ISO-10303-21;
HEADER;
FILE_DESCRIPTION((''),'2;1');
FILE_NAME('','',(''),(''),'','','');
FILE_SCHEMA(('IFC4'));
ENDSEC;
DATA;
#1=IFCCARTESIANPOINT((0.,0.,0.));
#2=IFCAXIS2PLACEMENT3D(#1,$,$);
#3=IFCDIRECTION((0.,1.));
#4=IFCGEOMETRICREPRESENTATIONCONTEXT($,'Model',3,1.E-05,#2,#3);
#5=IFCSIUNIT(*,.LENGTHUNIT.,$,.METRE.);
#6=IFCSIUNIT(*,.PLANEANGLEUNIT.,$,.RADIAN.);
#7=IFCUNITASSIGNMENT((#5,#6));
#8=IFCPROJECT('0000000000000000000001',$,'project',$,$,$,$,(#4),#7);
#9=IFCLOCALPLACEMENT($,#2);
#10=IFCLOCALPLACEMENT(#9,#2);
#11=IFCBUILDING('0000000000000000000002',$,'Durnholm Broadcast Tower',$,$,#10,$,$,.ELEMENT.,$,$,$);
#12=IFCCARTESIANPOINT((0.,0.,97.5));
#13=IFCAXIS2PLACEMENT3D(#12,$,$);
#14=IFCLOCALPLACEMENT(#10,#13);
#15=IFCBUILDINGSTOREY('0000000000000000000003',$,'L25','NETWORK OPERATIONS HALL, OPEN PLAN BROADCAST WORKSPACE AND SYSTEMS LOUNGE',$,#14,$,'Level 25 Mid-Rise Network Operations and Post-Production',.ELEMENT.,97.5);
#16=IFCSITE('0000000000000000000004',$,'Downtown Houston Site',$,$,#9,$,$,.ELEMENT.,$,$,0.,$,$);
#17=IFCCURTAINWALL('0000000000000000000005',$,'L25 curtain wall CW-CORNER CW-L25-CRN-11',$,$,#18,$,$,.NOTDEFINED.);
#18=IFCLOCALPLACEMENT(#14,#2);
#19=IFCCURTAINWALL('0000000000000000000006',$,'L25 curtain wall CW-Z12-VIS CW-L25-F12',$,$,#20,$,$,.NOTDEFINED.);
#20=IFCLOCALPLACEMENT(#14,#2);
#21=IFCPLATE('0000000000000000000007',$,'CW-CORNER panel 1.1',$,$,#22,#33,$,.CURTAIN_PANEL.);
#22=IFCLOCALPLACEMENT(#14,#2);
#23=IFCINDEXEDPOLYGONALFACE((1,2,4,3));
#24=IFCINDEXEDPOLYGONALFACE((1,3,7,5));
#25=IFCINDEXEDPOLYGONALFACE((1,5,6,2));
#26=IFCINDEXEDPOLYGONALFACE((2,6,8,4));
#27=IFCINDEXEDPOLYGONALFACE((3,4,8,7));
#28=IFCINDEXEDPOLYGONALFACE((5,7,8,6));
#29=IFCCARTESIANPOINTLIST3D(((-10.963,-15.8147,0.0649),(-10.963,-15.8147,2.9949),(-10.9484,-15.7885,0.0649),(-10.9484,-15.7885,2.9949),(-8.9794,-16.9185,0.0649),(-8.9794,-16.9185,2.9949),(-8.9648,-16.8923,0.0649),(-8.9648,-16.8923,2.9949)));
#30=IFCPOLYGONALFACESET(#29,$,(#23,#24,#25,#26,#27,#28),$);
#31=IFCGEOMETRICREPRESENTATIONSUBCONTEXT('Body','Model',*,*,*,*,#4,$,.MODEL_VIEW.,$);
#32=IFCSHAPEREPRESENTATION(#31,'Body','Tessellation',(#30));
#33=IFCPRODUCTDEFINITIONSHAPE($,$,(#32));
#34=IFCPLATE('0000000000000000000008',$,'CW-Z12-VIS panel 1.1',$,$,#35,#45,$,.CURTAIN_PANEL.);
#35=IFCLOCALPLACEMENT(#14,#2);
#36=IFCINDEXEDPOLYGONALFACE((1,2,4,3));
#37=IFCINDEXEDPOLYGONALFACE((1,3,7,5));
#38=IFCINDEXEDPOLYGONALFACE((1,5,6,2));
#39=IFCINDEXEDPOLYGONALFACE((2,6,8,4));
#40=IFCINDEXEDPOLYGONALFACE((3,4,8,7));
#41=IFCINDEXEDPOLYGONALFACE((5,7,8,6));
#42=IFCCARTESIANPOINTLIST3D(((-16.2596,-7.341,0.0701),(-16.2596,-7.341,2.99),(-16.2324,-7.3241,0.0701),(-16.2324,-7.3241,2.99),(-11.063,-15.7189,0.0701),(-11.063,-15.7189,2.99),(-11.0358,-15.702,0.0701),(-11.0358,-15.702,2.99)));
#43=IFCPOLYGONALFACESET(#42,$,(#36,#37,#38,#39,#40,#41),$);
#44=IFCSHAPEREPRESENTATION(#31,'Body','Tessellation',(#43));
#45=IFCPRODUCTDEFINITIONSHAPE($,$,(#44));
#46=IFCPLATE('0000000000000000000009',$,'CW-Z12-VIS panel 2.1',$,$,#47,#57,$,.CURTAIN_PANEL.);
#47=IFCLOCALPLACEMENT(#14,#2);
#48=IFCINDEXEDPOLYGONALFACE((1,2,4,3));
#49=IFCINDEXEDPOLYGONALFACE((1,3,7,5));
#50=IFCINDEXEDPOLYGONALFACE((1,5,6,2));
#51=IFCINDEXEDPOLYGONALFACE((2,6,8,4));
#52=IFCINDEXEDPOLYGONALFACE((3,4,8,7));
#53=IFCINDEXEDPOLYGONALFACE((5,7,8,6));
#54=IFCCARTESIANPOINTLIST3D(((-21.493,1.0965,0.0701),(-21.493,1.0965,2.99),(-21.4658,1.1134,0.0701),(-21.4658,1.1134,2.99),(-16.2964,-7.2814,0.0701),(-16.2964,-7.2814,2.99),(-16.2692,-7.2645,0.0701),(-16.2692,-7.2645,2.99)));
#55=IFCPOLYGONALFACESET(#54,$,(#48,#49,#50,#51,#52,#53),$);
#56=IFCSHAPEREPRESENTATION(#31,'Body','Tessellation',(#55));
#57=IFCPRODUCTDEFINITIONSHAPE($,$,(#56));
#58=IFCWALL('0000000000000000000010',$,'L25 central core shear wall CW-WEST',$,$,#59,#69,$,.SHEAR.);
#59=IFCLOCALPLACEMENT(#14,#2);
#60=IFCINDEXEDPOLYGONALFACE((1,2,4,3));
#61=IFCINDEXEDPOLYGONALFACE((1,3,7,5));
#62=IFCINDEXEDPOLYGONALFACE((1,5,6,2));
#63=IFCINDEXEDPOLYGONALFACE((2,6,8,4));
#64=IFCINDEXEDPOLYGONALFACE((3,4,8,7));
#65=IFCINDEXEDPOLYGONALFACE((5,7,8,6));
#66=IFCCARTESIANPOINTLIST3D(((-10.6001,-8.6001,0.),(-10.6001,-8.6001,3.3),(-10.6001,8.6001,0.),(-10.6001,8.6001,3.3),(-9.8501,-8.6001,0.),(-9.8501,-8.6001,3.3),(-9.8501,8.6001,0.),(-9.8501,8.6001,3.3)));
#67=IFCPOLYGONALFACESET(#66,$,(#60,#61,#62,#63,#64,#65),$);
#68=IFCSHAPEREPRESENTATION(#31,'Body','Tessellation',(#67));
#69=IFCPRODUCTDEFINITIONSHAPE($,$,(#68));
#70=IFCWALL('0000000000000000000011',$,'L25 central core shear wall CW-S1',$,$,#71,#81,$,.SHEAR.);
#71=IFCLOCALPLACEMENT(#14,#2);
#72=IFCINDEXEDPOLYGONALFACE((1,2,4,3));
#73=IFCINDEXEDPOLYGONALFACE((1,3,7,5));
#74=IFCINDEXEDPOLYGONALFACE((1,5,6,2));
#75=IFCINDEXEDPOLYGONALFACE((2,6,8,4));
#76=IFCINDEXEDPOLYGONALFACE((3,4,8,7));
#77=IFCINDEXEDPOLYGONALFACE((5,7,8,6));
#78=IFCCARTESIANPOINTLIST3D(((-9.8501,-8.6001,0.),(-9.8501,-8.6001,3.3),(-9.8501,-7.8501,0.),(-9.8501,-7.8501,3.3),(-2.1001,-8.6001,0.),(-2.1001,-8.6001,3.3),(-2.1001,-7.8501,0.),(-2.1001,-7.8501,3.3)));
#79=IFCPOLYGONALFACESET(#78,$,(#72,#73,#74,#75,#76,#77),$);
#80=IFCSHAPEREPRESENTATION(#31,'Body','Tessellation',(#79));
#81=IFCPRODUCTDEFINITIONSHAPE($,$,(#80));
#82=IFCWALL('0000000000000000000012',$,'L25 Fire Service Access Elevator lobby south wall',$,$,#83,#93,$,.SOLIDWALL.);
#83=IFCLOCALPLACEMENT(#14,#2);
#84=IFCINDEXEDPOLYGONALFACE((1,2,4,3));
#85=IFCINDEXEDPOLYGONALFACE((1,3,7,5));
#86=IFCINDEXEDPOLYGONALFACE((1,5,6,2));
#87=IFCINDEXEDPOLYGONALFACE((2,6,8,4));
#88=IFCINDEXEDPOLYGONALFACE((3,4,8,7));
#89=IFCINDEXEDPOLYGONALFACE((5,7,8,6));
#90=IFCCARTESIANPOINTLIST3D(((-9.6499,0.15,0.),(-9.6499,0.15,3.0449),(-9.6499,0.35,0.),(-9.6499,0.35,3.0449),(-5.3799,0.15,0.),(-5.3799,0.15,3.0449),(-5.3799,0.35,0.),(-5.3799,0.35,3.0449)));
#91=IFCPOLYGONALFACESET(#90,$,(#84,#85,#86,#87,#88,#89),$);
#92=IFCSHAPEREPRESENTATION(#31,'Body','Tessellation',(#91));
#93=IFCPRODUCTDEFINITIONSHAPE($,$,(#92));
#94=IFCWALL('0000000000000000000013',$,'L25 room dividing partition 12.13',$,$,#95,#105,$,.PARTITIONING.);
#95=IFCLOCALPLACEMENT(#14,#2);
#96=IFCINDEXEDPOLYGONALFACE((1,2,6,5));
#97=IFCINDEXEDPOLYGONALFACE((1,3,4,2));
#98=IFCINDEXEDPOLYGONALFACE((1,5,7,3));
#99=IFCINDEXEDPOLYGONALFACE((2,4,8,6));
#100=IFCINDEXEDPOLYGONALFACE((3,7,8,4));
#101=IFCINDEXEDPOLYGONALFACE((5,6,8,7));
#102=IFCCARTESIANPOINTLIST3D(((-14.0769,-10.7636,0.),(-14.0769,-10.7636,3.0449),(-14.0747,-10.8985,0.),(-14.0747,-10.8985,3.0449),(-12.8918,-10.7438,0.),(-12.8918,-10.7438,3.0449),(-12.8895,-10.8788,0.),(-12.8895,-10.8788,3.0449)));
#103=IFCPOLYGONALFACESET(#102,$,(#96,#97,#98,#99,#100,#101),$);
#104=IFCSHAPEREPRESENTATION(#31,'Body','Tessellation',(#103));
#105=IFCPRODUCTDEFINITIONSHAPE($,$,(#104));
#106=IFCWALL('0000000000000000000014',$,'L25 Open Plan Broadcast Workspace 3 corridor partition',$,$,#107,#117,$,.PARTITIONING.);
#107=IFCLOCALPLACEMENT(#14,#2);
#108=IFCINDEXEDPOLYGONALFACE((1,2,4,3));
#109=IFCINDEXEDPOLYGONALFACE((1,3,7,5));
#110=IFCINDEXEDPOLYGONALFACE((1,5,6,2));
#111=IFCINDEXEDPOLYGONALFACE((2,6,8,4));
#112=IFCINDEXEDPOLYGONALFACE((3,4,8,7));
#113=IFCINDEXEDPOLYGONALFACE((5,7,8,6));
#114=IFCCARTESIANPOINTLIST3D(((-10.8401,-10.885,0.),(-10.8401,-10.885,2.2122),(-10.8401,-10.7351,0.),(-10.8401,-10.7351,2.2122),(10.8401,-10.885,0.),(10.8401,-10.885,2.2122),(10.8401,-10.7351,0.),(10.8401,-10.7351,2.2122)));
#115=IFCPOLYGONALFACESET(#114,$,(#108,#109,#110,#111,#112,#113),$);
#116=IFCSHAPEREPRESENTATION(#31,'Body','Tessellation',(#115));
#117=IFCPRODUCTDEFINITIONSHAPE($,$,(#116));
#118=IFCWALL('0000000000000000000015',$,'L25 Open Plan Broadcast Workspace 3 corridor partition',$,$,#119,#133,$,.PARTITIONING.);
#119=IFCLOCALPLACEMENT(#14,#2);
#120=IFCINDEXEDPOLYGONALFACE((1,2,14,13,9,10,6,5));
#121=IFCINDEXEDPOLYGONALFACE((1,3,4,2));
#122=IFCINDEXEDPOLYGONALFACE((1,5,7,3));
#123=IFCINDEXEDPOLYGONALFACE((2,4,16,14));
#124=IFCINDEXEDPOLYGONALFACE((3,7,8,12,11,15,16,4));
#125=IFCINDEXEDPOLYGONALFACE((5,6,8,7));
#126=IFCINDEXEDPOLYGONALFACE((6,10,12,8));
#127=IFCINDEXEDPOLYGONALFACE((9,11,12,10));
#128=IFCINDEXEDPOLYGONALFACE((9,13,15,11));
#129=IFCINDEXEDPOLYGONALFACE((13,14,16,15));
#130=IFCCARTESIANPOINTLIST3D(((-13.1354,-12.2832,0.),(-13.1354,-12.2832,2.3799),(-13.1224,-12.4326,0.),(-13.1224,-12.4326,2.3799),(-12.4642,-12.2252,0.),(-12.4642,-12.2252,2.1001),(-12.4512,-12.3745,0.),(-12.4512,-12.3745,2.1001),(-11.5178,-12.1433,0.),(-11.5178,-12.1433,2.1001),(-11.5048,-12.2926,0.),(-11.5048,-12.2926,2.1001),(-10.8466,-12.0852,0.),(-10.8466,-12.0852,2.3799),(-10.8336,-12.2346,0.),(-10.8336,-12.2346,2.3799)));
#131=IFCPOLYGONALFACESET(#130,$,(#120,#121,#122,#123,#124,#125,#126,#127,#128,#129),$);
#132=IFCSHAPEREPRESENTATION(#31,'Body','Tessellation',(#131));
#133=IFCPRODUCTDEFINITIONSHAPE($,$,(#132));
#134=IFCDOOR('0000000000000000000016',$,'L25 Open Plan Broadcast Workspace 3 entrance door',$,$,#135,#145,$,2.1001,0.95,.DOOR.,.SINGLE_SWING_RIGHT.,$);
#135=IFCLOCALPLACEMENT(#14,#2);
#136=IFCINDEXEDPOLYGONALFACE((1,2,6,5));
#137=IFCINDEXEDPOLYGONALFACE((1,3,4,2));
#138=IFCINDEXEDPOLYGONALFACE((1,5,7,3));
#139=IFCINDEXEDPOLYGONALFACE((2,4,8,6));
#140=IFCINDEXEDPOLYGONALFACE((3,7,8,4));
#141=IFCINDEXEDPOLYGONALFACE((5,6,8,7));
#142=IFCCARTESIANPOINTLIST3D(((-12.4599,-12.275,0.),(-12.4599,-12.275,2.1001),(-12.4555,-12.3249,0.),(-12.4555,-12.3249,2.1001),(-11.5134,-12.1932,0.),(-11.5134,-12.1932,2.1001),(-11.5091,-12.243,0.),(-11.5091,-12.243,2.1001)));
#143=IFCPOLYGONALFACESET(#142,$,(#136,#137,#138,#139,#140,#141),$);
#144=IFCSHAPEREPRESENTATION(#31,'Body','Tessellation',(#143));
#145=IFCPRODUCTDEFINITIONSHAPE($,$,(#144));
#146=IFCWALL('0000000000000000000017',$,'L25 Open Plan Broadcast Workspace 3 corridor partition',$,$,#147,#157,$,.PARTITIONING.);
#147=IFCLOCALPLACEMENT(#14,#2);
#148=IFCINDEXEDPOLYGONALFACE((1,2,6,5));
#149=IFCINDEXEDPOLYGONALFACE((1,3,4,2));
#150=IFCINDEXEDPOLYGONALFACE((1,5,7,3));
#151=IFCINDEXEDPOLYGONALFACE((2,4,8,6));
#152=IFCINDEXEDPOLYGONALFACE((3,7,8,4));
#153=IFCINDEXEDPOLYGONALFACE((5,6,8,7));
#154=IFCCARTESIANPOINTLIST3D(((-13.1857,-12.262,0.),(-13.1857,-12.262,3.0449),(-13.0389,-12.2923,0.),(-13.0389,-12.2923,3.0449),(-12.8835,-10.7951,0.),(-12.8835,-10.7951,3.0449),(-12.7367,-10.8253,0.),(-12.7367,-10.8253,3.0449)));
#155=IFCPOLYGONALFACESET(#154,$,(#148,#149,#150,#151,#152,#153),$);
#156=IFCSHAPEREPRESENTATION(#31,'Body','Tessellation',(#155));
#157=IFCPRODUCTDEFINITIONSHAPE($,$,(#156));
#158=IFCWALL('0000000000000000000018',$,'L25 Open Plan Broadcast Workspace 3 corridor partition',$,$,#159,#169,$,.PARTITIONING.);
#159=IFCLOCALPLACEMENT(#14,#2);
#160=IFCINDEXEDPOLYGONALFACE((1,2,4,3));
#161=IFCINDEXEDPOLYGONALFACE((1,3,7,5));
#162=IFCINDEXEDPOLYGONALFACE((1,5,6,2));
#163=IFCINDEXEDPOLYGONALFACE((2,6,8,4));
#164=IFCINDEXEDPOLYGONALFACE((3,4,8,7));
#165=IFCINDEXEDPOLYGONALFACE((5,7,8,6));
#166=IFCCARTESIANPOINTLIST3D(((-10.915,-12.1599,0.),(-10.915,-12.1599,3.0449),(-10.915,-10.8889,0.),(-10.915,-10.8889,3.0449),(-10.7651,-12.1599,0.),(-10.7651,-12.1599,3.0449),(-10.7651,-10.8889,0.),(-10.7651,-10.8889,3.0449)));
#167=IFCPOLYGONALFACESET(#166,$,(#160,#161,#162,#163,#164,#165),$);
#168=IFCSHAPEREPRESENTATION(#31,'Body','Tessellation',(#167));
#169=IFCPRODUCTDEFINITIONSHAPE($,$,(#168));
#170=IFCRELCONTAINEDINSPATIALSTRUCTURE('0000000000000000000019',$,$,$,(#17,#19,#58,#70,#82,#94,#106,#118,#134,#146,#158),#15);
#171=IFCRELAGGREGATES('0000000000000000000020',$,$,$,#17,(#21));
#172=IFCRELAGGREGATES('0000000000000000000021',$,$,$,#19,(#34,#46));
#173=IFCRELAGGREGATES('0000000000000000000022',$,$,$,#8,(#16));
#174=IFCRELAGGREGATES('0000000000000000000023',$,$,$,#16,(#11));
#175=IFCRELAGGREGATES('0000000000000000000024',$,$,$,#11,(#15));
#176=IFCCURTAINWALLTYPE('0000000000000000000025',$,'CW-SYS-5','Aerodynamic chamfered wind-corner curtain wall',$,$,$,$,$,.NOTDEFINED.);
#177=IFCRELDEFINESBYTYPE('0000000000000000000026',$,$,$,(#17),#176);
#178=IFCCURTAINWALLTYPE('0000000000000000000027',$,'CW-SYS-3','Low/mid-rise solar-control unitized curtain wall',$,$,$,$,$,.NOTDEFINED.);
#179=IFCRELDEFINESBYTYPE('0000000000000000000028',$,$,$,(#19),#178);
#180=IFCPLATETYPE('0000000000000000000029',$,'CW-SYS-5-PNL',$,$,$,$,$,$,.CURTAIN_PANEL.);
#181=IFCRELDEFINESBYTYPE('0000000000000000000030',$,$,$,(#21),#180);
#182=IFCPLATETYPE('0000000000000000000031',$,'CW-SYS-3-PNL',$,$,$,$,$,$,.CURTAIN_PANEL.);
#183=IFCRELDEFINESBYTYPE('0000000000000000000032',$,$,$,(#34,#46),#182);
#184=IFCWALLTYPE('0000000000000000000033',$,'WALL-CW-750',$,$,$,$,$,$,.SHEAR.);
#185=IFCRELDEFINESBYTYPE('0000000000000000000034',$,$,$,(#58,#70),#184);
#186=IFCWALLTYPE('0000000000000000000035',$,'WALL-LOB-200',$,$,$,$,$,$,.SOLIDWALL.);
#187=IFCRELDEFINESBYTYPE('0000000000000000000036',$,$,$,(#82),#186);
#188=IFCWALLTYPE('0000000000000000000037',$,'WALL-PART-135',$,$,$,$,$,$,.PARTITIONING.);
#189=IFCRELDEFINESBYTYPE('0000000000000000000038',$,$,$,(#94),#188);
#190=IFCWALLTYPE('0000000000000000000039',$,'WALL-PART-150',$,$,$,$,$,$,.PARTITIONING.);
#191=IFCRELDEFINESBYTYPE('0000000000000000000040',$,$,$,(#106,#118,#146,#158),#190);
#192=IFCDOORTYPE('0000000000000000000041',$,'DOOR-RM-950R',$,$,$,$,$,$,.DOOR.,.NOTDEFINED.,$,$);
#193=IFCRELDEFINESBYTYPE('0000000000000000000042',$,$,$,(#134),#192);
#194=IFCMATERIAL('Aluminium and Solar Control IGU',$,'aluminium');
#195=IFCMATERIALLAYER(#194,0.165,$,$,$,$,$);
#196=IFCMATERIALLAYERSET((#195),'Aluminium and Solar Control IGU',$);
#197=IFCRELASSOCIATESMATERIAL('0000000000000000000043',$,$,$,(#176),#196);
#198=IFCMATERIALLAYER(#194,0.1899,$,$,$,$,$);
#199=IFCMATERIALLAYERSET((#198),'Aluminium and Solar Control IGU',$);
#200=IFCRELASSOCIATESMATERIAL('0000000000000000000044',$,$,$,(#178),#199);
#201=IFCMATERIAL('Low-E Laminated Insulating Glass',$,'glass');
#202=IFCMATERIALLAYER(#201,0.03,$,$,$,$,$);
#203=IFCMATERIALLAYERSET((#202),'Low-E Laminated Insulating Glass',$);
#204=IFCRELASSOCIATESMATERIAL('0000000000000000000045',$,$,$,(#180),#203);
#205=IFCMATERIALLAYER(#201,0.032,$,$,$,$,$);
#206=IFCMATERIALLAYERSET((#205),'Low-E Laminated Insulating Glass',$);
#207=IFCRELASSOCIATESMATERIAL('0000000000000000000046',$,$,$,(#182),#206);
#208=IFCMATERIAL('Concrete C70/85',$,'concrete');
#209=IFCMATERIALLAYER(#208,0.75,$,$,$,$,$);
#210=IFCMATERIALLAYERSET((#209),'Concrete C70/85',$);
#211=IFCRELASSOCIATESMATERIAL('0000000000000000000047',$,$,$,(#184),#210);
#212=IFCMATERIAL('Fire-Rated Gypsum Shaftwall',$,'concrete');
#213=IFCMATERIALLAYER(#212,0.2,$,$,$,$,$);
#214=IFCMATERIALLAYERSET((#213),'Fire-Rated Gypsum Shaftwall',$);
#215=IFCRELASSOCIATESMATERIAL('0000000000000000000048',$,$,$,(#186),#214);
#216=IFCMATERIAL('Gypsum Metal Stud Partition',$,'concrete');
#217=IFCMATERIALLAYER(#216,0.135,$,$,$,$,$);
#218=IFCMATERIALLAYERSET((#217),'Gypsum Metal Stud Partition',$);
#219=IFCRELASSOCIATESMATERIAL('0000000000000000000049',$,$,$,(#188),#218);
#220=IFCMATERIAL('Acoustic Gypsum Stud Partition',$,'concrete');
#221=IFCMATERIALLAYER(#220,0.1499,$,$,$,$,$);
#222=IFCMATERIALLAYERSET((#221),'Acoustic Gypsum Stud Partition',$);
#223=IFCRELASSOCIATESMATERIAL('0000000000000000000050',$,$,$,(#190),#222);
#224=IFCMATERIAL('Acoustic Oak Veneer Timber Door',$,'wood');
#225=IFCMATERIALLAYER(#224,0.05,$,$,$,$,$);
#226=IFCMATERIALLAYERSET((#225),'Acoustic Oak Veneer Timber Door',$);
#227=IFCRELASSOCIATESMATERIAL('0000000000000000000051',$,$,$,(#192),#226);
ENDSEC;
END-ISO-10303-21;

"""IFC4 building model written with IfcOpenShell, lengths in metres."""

from ifc_helpers import new_model, si_unit, direction, frame, frame_2d, origin, origin_2d, place, context, subcontext, project, spatial, rectangle, extrude, source, transform, mapped, material, layer, layer_set, type_object, type_shapes, element, fill, aggregate, save


model = new_model("IFC4")

# Units and contexts
model_context = context("Model", 3, precision=1e-05, world=origin(), true_north=direction((0.0, 1.0)))
body_context = subcontext(model_context, "Body", "Model", "MODEL_VIEW")
ifc_project = project(units=[si_unit("LENGTHUNIT", "METRE"), si_unit("PLANEANGLEUNIT", "RADIAN")], contexts=[model_context])

# Site, building, storey
site_placement = place(None, origin())
site = spatial("IfcSite", under=ifc_project, at=site_placement, Name="Downtown Houston Site", CompositionType="ELEMENT", RefElevation=0.0)
building_placement = place(site_placement, origin())
building = spatial("IfcBuilding", under=site, at=building_placement, Name="Durnholm Broadcast Tower", CompositionType="ELEMENT")
storey_placement = place(building_placement, frame((0.0, 0.0, 97.5)))
storey = spatial("IfcBuildingStorey", under=building, at=storey_placement, Name="L25", Description="NETWORK OPERATIONS HALL, OPEN PLAN BROADCAST WORKSPACE AND SYSTEMS LOUNGE", LongName="Level 25 Mid-Rise Network Operations and Post-Production", CompositionType="ELEMENT", Elevation=97.5)

# Shared definitions
ifc_material_1 = material(Name="Concrete C70/85", Category="concrete")

# Curtain wall
ifc_material_2 = material(Name="Aluminium and Solar Control IGU", Category="aluminium")
ifc_layer_1 = layer(ifc_material_2, 0.165)
ifc_layer_set_1 = layer_set([ifc_layer_1], Name="Aluminium and Solar Control IGU")
curtain_wall_type_1 = type_object("IfcCurtainWallType", Name="CW-SYS-5", Description="Aerodynamic chamfered wind-corner curtain wall", PredefinedType="NOTDEFINED", material=ifc_layer_set_1)
curtain_wall_1_placement = place(storey_placement, origin())
curtain_wall_1 = element("IfcCurtainWall", 1, at=curtain_wall_1_placement, inside=storey, type_object=curtain_wall_type_1, Name="L25 curtain wall CW-CORNER CW-L25-CRN-11", PredefinedType="NOTDEFINED")

# Curtain wall
ifc_layer_2 = layer(ifc_material_2, 0.1899)
ifc_layer_set_2 = layer_set([ifc_layer_2], Name="Aluminium and Solar Control IGU")
curtain_wall_type_2 = type_object("IfcCurtainWallType", Name="CW-SYS-3", Description="Low/mid-rise solar-control unitized curtain wall", PredefinedType="NOTDEFINED", material=ifc_layer_set_2)
curtain_wall_2_placement = place(storey_placement, origin())
curtain_wall_2 = element("IfcCurtainWall", 2, at=curtain_wall_2_placement, inside=storey, type_object=curtain_wall_type_2, Name="L25 curtain wall CW-Z12-VIS CW-L25-F12", PredefinedType="NOTDEFINED")

# Plates
ifc_material_3 = material(Name="Low-E Laminated Insulating Glass", Category="glass")
ifc_layer_3 = layer(ifc_material_3, 0.03)
ifc_layer_set_3 = layer_set([ifc_layer_3], Name="Low-E Laminated Insulating Glass")
plate_type_1 = type_object("IfcPlateType", Name="CW-SYS-5-PNL", PredefinedType="CURTAIN_PANEL", material=ifc_layer_set_3)
shared_shape_1 = source(origin(), body_context, "Body", "SweptSolid", [
    extrude(rectangle(XDim=2.27, YDim=0.03, at=origin_2d()), origin(), (0.0, 0.0, 1.0), 2.9299),
])
type_shapes(plate_type_1, [shared_shape_1])
plate_1_placement = place(storey_placement, frame((-9.9639, -16.3535, 0.0649), z_axis=(0.0, 0.0, 1.0), x_axis=(-0.873823, 0.486244, 0.0)))
plate_1 = element("IfcPlate", 3, at=plate_1_placement, type_object=plate_type_1, Name="CW-CORNER panel 1.1", PredefinedType="CURTAIN_PANEL", context=body_context, shape_type="MappedRepresentation", body=[
    mapped(shared_shape_1, transform((0.0, 0.0, 0.0), x_axis=(1.0, 0.0, 0.0), y_axis=(0.0, 1.0, 0.0), z_axis=(0.0, 0.0, 1.0), scale=1.0)),
])
aggregate(curtain_wall_1, [plate_1])
ifc_layer_4 = layer(ifc_material_3, 0.032)
ifc_layer_set_4 = layer_set([ifc_layer_4], Name="Low-E Laminated Insulating Glass")
plate_type_2 = type_object("IfcPlateType", Name="CW-SYS-3-PNL", PredefinedType="CURTAIN_PANEL", material=ifc_layer_set_4)
shared_shape_2 = source(origin(), body_context, "Body", "SweptSolid", [
    extrude(rectangle(XDim=9.8586, YDim=0.032, at=origin_2d()), origin(), (0.0, 0.0, 1.0), 2.9199),
])
type_shapes(plate_type_2, [shared_shape_2])
plate_2_placement = place(storey_placement, frame((-13.6477, -11.5215, 0.0701), z_axis=(0.0, 0.0, 1.0), x_axis=(-0.527105, 0.8498, 0.0)))
plate_2 = element("IfcPlate", 4, at=plate_2_placement, type_object=plate_type_2, Name="CW-Z12-VIS panel 1.1", PredefinedType="CURTAIN_PANEL", context=body_context, shape_type="MappedRepresentation", body=[
    mapped(shared_shape_2, transform((0.0, 0.0, 0.0), x_axis=(1.0, 0.0, 0.0), y_axis=(0.0, 1.0, 0.0), z_axis=(0.0, 0.0, 1.0), scale=1.0)),
])
plate_3_placement = place(storey_placement, frame((-18.8811, -3.084, 0.0701), z_axis=(0.0, 0.0, 1.0), x_axis=(-0.527105, 0.8498, 0.0)))
plate_3 = element("IfcPlate", 5, at=plate_3_placement, type_object=plate_type_2, Name="CW-Z12-VIS panel 2.1", PredefinedType="CURTAIN_PANEL", context=body_context, shape_type="MappedRepresentation", body=[
    mapped(shared_shape_2, transform((0.0, 0.0, 0.0), x_axis=(1.0, 0.0, 0.0), y_axis=(0.0, 1.0, 0.0), z_axis=(0.0, 0.0, 1.0), scale=1.0)),
])
aggregate(curtain_wall_2, [plate_2, plate_3])

# Walls
ifc_layer_5 = layer(ifc_material_1, 0.75)
ifc_layer_set_5 = layer_set([ifc_layer_5], Name="Concrete C70/85")
wall_type_1 = type_object("IfcWallType", Name="WALL-CW-750", PredefinedType="SHEAR", material=ifc_layer_set_5)
wall_1_placement = place(storey_placement, frame((-10.2251, -8.6001, 0.0), z_axis=(0.0, 0.0, 1.0), x_axis=(0.0, 1.0, 0.0)))
element("IfcWall", 6, at=wall_1_placement, inside=storey, type_object=wall_type_1, Name="L25 central core shear wall CW-WEST", PredefinedType="SHEAR", context=body_context, shape_type="SweptSolid", body=[
    extrude(rectangle(XDim=17.2002, YDim=0.75, at=frame_2d((8.6001, 0.0))), origin(), (0.0, 0.0, 1.0), 3.3),
])
wall_2_placement = place(storey_placement, frame((-9.8501, -8.2251, 0.0), z_axis=(0.0, 0.0, 1.0), x_axis=(1.0, 0.0, 0.0)))
element("IfcWall", 7, at=wall_2_placement, inside=storey, type_object=wall_type_1, Name="L25 central core shear wall CW-S1", PredefinedType="SHEAR", context=body_context, shape_type="SweptSolid", body=[
    extrude(rectangle(XDim=7.75, YDim=0.75, at=frame_2d((3.875, 0.0))), origin(), (0.0, 0.0, 1.0), 3.3),
])
ifc_material_4 = material(Name="Fire-Rated Gypsum Shaftwall", Category="concrete")
ifc_layer_6 = layer(ifc_material_4, 0.2)
ifc_layer_set_6 = layer_set([ifc_layer_6], Name="Fire-Rated Gypsum Shaftwall")
wall_type_2 = type_object("IfcWallType", Name="WALL-LOB-200", PredefinedType="SOLIDWALL", material=ifc_layer_set_6)
wall_3_placement = place(storey_placement, frame((-9.6499, 0.25, 0.0), z_axis=(0.0, 0.0, 1.0), x_axis=(1.0, 0.0, 0.0)))
element("IfcWall", 8, at=wall_3_placement, inside=storey, type_object=wall_type_2, Name="L25 Fire Service Access Elevator lobby south wall", PredefinedType="SOLIDWALL", context=body_context, shape_type="SweptSolid", body=[
    extrude(rectangle(XDim=4.27, YDim=0.2, at=frame_2d((2.135, 0.0))), origin(), (0.0, 0.0, 1.0), 3.0449),
])
ifc_material_5 = material(Name="Gypsum Metal Stud Partition", Category="concrete")
ifc_layer_7 = layer(ifc_material_5, 0.135)
ifc_layer_set_7 = layer_set([ifc_layer_7], Name="Gypsum Metal Stud Partition")
wall_type_3 = type_object("IfcWallType", Name="WALL-PART-135", PredefinedType="PARTITIONING", material=ifc_layer_set_7)
wall_4_placement = place(storey_placement, frame((-14.0759, -10.8311, 0.0), z_axis=(0.0, 0.0, 1.0), x_axis=(0.999861, 0.016685, 0.0)))
element("IfcWall", 9, at=wall_4_placement, inside=storey, type_object=wall_type_3, Name="L25 room dividing partition 12.13", PredefinedType="PARTITIONING", context=body_context, shape_type="SweptSolid", body=[
    extrude(rectangle(XDim=1.1853, YDim=0.135, at=frame_2d((0.5928, 0.0))), origin(), (0.0, 0.0, 1.0), 3.0449),
])
ifc_material_6 = material(Name="Acoustic Gypsum Stud Partition", Category="concrete")
ifc_layer_8 = layer(ifc_material_6, 0.1499)
ifc_layer_set_8 = layer_set([ifc_layer_8], Name="Acoustic Gypsum Stud Partition")
wall_type_4 = type_object("IfcWallType", Name="WALL-PART-150", PredefinedType="PARTITIONING", material=ifc_layer_set_8)
wall_5_placement = place(storey_placement, frame((-10.8401, -10.8101, 0.0), z_axis=(0.0, 0.0, 1.0), x_axis=(1.0, 0.0, 0.0)))
element("IfcWall", 10, at=wall_5_placement, inside=storey, type_object=wall_type_4, Name="L25 Open Plan Broadcast Workspace 3 corridor partition", PredefinedType="PARTITIONING", context=body_context, shape_type="SweptSolid", body=[
    extrude(rectangle(XDim=21.6802, YDim=0.1499, at=frame_2d((10.8401, 0.0))), origin(), (0.0, 0.0, 1.0), 2.2122),
])

# Wall, opening, door
wall_6_placement = place(storey_placement, frame((-13.1289, -12.3579, 0.0), z_axis=(0.0, 0.0, 1.0), x_axis=(0.996279, 0.086185, 0.0)))
wall_6 = element("IfcWall", 11, at=wall_6_placement, inside=storey, type_object=wall_type_4, Name="L25 Open Plan Broadcast Workspace 3 corridor partition", PredefinedType="PARTITIONING", context=body_context, shape_type="SweptSolid", body=[
    extrude(rectangle(XDim=2.2974, YDim=0.1499, at=frame_2d((1.1487, 0.0))), origin(), (0.0, 0.0, 1.0), 2.3799),
])
opening_placement = place(wall_6_placement, frame((0.6736, 0.0, 0.0)))
opening = element("IfcOpeningElement", 12, at=opening_placement, cuts=wall_6, PredefinedType="OPENING", context=body_context, shape_type="SweptSolid", body=[
    extrude(rectangle(XDim=0.95, YDim=2.1001, at=frame_2d((0.4751, 1.05))), frame((0.0, 0.085, 0.0), z_axis=(0.0, -1.0, 0.0), x_axis=(1.0, 0.0, 0.0)), (0.0, 0.0, 1.0), 0.1699),
])
ifc_material_7 = material(Name="Acoustic Oak Veneer Timber Door", Category="wood")
ifc_layer_9 = layer(ifc_material_7, 0.05)
ifc_layer_set_9 = layer_set([ifc_layer_9], Name="Acoustic Oak Veneer Timber Door")
door_type = type_object("IfcDoorType", Name="DOOR-RM-950R", OperationType="NOTDEFINED", PredefinedType="DOOR", material=ifc_layer_set_9)
shared_shape_3 = source(origin(), body_context, "Body", "SweptSolid", [
    extrude(rectangle(XDim=0.95, YDim=2.1001, at=frame_2d((0.4751, 1.05))), frame((0.0, 0.0249, 0.0), z_axis=(0.0, -1.0, 0.0), x_axis=(1.0, 0.0, 0.0)), (0.0, 0.0, 1.0), 0.05),
])
type_shapes(door_type, [shared_shape_3])
door_placement = place(opening_placement, origin())
door = element("IfcDoor", 13, at=door_placement, inside=storey, type_object=door_type, Name="L25 Open Plan Broadcast Workspace 3 entrance door", OperationType="SINGLE_SWING_RIGHT", OverallHeight=2.1001, OverallWidth=0.95, PredefinedType="DOOR", context=body_context, shape_type="MappedRepresentation", body=[
    mapped(shared_shape_3, transform((0.0, 0.0, 0.0), x_axis=(1.0, 0.0, 0.0), y_axis=(0.0, 1.0, 0.0), z_axis=(0.0, 0.0, 1.0), scale=1.0)),
])
fill(opening, door)

# Walls
wall_7_placement = place(storey_placement, frame((-12.8101, -10.8101, 0.0), z_axis=(0.0, 0.0, 1.0), x_axis=(-0.201786, -0.97943, 0.0)))
element("IfcWall", 14, at=wall_7_placement, inside=storey, type_object=wall_type_4, Name="L25 Open Plan Broadcast Workspace 3 corridor partition", PredefinedType="PARTITIONING", context=body_context, shape_type="SweptSolid", body=[
    extrude(rectangle(XDim=1.4978, YDim=0.1499, at=frame_2d((0.749, 0.0))), origin(), (0.0, 0.0, 1.0), 3.0449),
])
wall_8_placement = place(storey_placement, frame((-10.8401, -12.1599, 0.0), z_axis=(0.0, 0.0, 1.0), x_axis=(0.0, 1.0, 0.0)))
element("IfcWall", 15, at=wall_8_placement, inside=storey, type_object=wall_type_4, Name="L25 Open Plan Broadcast Workspace 3 corridor partition", PredefinedType="PARTITIONING", context=body_context, shape_type="SweptSolid", body=[
    extrude(rectangle(XDim=1.271, YDim=0.1499, at=frame_2d((0.6355, 0.0))), origin(), (0.0, 0.0, 1.0), 3.0449),
])

save(model, "model.ifc")
